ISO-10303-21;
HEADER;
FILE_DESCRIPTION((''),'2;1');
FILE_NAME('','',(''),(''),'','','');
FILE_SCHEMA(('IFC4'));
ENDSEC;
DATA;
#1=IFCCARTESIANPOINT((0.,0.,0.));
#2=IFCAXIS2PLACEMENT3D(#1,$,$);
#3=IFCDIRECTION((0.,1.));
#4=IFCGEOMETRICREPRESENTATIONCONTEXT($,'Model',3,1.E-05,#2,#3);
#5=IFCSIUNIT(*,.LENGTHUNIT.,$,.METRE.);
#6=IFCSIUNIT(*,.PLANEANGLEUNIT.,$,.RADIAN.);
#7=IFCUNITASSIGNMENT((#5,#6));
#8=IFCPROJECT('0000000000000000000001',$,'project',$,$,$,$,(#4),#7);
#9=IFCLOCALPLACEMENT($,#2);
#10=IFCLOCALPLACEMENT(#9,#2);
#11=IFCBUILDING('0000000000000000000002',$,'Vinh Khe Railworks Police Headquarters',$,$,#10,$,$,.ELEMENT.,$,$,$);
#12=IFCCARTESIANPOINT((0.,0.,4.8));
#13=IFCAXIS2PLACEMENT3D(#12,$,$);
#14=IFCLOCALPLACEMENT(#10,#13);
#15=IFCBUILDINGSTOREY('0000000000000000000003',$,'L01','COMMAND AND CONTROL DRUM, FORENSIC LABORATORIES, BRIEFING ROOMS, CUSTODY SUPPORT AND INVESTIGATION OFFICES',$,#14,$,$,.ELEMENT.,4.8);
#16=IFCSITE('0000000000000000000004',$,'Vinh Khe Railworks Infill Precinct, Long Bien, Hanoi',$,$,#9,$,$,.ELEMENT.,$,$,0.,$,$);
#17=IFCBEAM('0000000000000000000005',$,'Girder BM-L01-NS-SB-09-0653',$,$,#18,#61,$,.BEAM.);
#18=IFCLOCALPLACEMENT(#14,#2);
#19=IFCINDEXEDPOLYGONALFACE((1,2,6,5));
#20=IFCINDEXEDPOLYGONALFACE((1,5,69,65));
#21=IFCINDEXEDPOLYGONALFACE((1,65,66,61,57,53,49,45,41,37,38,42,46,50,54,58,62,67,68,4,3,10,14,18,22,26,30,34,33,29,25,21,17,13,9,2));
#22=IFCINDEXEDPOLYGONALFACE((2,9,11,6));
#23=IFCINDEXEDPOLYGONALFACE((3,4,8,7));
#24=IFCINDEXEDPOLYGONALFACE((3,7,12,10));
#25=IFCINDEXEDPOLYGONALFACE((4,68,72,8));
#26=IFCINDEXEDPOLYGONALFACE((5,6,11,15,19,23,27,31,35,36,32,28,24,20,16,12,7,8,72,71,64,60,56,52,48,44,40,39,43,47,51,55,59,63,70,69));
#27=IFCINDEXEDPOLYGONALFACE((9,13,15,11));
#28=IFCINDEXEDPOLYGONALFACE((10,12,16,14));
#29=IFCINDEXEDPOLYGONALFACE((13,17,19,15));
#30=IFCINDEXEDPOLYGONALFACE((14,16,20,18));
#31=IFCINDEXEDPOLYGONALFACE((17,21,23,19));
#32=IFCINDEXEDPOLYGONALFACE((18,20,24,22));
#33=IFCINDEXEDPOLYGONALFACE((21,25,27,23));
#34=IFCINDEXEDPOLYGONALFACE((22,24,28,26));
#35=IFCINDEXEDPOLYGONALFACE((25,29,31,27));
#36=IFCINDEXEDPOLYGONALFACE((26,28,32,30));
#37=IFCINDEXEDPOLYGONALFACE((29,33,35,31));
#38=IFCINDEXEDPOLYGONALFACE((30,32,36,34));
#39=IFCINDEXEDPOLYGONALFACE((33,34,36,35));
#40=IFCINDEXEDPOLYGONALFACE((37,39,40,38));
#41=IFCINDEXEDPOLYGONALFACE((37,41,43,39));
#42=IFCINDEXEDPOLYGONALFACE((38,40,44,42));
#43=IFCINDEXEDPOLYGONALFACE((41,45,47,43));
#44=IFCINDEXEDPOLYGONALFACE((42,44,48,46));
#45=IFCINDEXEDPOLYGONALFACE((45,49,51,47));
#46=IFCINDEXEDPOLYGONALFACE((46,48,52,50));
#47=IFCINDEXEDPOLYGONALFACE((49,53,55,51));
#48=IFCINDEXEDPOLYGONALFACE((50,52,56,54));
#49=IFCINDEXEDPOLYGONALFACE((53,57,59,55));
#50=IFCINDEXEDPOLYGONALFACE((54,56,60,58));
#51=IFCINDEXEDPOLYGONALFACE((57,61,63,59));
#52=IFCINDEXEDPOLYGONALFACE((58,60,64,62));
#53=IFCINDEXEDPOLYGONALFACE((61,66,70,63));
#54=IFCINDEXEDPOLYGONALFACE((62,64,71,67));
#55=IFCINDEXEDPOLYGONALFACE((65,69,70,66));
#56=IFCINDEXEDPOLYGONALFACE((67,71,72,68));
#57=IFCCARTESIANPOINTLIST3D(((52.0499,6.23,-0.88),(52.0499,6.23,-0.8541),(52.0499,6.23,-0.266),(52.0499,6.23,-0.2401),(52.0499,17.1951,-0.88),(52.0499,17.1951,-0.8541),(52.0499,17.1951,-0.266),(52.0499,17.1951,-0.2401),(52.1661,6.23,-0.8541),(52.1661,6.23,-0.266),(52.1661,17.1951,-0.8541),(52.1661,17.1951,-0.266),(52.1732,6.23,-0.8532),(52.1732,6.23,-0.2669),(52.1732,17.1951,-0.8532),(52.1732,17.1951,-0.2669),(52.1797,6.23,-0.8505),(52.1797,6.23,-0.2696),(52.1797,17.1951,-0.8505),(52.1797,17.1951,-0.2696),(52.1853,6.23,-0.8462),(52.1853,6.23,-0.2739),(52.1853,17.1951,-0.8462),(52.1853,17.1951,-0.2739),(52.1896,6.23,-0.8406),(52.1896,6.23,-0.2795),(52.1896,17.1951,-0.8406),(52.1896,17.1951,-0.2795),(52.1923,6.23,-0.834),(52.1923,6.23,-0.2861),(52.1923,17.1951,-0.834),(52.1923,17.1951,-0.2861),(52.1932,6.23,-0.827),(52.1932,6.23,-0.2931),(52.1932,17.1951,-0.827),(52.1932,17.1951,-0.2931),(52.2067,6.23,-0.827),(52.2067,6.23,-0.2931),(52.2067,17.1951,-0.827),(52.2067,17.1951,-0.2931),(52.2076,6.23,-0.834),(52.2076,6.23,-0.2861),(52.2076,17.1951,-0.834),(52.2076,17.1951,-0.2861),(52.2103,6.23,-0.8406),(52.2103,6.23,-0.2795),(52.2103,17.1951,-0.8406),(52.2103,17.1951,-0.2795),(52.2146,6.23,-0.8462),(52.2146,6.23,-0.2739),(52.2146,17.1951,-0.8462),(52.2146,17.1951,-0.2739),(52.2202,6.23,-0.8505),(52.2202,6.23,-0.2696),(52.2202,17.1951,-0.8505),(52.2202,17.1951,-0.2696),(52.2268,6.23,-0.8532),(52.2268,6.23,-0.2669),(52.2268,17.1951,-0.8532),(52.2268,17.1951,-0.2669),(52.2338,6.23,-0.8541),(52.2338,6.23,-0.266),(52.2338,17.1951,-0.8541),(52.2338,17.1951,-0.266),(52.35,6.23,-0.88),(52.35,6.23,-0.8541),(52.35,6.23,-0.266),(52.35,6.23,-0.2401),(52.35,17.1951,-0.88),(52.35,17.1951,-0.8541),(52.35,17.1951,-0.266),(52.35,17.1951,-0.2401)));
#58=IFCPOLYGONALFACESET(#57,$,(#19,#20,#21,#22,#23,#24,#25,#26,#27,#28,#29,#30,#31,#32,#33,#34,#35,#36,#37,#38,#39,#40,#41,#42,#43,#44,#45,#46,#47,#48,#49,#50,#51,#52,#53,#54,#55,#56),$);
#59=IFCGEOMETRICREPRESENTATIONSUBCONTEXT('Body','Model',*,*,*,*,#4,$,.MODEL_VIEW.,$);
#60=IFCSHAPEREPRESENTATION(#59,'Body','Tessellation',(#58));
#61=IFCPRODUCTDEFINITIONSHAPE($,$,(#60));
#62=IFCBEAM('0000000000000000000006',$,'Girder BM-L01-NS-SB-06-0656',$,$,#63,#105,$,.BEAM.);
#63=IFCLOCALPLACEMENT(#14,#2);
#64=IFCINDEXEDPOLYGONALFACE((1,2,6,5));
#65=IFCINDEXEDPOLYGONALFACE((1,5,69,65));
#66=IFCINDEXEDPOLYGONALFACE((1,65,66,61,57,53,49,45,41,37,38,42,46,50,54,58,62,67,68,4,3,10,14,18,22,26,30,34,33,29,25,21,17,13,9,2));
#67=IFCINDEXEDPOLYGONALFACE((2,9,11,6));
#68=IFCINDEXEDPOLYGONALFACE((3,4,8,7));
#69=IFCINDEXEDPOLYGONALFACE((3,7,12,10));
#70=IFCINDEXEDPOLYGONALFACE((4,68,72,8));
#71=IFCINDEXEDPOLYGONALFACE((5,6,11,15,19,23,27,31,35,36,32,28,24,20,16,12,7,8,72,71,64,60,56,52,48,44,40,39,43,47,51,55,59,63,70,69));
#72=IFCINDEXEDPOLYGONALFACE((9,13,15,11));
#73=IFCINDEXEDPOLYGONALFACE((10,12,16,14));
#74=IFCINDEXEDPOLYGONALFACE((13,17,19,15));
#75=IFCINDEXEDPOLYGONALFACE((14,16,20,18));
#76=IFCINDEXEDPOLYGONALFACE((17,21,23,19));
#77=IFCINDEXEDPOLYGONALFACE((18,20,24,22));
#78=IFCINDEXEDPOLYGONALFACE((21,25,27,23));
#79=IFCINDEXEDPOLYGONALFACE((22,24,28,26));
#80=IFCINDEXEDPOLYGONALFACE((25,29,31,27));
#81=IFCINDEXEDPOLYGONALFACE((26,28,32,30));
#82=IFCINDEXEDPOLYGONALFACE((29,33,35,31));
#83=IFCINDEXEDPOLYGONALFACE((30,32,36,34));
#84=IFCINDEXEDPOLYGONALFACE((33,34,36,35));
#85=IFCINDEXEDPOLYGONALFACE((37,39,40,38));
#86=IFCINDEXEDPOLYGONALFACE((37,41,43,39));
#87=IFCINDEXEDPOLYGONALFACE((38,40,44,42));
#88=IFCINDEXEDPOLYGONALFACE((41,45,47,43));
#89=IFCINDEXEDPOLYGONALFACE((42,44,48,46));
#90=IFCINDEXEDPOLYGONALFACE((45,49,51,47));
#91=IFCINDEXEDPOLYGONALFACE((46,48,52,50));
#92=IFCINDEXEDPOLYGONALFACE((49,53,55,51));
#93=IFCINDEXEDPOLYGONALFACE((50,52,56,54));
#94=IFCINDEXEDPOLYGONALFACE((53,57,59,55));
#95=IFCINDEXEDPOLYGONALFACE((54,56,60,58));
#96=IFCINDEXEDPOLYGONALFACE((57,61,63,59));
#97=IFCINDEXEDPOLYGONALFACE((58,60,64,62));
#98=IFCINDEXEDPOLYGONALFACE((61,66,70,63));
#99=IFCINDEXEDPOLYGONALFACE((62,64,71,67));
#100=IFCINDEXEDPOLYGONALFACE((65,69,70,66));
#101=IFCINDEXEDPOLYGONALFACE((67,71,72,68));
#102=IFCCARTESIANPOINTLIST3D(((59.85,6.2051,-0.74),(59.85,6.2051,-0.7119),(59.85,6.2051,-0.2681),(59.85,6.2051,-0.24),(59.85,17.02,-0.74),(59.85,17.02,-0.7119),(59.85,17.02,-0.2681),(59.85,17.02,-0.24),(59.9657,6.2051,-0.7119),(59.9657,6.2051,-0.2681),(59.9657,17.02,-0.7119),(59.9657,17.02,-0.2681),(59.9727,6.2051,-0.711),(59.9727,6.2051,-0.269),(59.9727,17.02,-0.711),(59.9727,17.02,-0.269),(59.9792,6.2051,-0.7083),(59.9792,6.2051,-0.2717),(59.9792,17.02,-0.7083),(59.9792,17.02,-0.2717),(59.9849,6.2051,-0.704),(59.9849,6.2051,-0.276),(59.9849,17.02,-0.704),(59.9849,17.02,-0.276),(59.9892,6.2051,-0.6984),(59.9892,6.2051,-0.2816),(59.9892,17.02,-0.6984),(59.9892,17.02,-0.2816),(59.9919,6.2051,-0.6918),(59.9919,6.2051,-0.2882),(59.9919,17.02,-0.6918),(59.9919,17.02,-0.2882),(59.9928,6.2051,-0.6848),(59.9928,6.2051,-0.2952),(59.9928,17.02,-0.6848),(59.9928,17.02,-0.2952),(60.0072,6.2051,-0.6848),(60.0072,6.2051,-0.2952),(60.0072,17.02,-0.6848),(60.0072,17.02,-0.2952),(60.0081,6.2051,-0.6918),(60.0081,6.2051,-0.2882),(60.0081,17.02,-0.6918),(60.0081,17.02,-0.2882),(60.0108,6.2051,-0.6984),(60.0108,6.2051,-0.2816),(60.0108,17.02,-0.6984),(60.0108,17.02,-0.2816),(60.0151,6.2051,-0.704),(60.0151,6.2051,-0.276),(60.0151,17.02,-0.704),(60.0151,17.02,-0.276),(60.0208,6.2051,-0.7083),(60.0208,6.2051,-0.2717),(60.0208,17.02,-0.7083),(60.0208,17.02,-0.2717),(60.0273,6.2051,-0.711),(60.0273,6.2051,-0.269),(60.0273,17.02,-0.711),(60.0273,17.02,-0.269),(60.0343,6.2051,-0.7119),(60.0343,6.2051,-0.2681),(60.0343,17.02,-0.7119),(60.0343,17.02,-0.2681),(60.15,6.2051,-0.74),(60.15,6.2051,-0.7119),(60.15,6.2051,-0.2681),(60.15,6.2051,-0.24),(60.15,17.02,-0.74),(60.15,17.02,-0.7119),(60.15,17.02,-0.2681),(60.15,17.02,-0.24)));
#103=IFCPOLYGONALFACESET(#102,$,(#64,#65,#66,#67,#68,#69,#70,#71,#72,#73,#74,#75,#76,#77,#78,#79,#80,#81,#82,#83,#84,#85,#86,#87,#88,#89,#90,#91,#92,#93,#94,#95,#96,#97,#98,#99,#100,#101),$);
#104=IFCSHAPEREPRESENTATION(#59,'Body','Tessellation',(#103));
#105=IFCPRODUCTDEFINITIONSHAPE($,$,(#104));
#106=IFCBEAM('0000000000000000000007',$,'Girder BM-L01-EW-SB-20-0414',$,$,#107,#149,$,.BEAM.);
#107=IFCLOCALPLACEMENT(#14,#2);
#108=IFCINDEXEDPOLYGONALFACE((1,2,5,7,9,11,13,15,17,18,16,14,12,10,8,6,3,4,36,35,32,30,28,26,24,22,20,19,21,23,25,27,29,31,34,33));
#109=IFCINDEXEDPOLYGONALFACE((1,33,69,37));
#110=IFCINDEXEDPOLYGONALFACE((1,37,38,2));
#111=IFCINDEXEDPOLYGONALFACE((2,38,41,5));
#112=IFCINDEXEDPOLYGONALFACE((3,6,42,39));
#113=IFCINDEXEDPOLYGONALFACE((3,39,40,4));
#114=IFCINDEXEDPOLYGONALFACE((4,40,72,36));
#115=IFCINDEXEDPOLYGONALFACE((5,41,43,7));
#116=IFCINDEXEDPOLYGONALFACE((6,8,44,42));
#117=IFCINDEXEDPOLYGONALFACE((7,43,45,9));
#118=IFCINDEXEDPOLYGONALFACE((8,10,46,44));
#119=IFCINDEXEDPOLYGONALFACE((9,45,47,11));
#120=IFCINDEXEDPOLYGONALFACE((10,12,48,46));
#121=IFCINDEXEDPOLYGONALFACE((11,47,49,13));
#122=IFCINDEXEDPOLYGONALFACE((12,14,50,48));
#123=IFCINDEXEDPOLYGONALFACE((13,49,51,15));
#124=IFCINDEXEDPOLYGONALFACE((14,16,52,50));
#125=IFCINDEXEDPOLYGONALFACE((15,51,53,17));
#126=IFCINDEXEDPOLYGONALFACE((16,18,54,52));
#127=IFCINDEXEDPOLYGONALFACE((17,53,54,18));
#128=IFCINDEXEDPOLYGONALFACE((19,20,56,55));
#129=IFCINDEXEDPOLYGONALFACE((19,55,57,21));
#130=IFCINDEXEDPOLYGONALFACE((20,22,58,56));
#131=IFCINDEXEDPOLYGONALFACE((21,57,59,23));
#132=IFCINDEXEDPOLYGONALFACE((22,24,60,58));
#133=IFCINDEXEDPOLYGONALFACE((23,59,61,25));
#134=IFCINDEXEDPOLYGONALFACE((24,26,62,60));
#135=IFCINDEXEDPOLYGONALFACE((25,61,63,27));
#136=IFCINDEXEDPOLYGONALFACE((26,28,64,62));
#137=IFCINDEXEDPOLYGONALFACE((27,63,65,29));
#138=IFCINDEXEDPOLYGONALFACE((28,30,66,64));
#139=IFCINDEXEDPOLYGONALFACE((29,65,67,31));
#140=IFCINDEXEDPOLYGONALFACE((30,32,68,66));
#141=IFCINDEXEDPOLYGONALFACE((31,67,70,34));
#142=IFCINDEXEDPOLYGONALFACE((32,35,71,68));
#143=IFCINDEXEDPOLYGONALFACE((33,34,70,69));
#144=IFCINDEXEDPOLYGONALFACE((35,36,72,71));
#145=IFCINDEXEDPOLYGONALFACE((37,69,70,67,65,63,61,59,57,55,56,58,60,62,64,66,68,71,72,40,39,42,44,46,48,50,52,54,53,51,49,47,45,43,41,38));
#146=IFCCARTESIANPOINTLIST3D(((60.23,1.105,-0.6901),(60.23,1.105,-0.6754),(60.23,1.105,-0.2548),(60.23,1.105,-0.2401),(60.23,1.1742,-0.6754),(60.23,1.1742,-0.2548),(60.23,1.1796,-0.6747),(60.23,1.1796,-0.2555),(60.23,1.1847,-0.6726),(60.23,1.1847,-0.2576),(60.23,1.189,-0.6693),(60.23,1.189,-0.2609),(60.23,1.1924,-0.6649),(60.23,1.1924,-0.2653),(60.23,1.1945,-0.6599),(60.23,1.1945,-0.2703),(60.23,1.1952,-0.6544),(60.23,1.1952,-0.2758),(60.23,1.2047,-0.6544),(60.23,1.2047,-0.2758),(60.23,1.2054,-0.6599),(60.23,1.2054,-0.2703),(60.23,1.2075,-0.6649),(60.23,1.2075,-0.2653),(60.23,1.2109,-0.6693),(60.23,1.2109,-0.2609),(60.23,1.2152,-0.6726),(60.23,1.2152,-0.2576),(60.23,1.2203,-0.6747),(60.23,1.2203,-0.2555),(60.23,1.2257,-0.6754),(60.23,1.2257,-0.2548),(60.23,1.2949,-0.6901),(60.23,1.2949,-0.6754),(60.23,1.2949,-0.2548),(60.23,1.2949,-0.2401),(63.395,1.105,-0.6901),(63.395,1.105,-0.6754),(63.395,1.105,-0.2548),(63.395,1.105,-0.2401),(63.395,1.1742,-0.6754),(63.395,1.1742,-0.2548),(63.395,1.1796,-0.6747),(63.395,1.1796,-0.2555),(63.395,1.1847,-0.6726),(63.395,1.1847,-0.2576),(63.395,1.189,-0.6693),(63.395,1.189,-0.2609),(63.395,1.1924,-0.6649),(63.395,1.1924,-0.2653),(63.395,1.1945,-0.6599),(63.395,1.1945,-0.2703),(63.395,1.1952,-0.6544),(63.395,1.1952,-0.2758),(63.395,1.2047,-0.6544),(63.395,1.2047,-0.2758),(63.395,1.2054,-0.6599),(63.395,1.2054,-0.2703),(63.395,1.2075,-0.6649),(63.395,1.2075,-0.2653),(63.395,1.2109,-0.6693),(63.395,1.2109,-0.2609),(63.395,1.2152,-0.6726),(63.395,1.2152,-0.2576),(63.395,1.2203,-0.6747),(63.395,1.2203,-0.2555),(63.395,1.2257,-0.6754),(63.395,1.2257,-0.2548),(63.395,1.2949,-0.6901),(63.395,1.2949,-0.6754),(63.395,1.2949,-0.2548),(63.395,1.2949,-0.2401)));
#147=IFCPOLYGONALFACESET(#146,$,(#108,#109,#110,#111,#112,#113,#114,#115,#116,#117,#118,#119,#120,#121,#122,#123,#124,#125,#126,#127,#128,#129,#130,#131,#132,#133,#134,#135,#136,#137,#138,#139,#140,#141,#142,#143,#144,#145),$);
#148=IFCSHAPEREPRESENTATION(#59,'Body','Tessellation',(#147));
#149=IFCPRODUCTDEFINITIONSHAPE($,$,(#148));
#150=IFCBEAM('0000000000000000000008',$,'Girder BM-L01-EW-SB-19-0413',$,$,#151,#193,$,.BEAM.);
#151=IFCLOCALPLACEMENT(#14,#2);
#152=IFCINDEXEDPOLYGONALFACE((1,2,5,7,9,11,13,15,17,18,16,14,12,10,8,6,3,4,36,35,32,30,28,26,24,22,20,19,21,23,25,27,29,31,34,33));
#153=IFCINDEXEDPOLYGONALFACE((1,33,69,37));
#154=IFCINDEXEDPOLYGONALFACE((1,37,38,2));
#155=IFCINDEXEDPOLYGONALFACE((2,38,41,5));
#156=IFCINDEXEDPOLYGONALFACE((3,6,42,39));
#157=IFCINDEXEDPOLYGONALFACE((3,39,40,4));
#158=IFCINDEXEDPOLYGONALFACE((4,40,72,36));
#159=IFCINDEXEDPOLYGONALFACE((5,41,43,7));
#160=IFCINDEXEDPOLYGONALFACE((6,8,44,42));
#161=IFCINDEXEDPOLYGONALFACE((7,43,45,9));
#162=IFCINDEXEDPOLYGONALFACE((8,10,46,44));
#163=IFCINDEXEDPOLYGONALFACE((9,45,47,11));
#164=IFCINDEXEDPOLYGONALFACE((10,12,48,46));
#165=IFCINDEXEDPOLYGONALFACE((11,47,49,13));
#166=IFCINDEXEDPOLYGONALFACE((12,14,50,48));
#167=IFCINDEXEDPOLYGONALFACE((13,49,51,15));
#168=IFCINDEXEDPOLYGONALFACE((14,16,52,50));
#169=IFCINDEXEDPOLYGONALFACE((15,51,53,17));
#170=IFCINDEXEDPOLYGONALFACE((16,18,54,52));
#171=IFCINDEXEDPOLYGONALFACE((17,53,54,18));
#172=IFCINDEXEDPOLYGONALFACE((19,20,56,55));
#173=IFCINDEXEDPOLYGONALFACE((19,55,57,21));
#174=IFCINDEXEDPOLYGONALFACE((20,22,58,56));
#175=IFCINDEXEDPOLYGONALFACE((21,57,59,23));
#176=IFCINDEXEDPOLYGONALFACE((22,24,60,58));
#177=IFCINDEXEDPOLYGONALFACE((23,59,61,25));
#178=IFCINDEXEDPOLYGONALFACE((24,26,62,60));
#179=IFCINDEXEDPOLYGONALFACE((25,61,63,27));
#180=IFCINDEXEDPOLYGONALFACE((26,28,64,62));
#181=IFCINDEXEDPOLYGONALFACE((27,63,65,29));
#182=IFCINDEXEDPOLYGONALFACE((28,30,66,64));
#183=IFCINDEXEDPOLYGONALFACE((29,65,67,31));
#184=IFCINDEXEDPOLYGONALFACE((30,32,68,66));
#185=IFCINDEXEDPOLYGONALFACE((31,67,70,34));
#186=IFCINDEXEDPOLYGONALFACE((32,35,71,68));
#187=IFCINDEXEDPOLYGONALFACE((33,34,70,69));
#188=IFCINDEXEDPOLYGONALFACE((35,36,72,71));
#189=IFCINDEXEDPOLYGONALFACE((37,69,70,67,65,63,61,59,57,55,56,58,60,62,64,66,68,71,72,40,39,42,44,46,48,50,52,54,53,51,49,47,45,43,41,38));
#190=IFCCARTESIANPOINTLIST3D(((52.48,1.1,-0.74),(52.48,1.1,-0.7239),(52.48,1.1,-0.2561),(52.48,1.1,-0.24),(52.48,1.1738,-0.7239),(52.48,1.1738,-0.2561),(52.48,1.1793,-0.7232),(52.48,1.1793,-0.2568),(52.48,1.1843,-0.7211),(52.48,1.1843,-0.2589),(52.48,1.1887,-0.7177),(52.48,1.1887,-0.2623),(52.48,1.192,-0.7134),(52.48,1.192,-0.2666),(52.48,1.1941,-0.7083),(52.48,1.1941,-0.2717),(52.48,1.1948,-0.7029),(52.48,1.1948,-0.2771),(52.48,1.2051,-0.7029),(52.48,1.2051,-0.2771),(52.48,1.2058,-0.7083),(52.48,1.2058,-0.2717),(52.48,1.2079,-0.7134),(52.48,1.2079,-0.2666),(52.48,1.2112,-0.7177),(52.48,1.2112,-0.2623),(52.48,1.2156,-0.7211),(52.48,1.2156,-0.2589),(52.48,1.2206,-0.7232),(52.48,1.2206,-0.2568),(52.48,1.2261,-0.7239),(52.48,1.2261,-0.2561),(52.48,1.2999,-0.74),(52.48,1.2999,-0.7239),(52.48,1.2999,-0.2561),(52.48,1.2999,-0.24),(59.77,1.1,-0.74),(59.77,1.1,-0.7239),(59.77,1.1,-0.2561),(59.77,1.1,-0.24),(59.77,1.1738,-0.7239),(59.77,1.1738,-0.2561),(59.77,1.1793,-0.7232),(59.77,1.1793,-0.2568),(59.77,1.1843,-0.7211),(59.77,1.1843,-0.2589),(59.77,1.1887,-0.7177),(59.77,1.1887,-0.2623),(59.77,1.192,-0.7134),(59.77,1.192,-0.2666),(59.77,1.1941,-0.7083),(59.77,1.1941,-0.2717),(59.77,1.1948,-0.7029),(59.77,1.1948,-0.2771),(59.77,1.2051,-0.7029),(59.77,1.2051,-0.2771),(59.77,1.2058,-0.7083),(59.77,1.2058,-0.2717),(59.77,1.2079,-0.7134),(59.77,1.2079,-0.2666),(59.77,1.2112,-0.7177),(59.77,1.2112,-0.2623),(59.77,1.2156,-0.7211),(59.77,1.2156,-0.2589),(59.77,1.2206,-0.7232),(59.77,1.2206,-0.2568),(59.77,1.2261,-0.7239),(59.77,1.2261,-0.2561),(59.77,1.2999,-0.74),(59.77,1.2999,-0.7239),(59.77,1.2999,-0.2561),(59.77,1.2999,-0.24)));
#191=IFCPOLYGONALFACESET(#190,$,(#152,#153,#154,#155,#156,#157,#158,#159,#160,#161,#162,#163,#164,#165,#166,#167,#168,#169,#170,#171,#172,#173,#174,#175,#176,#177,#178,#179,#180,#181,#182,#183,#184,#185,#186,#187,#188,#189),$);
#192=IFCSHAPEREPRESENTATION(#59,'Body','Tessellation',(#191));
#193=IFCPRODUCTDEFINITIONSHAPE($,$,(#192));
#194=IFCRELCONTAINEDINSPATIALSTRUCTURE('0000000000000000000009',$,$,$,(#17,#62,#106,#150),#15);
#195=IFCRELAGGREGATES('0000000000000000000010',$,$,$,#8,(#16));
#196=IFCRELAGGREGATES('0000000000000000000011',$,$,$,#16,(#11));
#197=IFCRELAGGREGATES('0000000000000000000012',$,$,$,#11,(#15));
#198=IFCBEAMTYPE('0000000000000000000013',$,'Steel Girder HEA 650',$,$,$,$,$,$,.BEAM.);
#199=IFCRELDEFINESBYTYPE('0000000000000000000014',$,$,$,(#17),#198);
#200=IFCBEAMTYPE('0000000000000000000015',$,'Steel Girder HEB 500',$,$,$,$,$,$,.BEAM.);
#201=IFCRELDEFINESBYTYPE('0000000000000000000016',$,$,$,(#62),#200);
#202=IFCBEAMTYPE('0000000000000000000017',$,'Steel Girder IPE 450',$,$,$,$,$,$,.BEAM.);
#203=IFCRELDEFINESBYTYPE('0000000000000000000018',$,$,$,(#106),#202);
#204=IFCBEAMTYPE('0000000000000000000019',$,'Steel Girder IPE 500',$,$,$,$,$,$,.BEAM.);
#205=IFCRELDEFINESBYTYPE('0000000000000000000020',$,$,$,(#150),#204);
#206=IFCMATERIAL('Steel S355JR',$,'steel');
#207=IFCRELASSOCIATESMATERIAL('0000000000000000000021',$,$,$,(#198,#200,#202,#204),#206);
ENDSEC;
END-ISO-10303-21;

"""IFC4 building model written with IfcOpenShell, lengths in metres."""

from ifc_helpers import new_model, si_unit, direction, frame, origin, origin_2d, place, context, subcontext, project, spatial, i_section, extrude, material, material_profile, profile_set, type_object, element, save


model = new_model("IFC4")

# Units and contexts
model_context = context("Model", 3, precision=1e-05, world=origin(), true_north=direction((0.0, 1.0)))
body_context = subcontext(model_context, "Body", "Model", "MODEL_VIEW")
ifc_project = project(units=[si_unit("LENGTHUNIT", "METRE"), si_unit("PLANEANGLEUNIT", "RADIAN")], contexts=[model_context])

# Site, building, storey
site_placement = place(None, origin())
site = spatial("IfcSite", under=ifc_project, at=site_placement, Name="Vinh Khe Railworks Infill Precinct, Long Bien, Hanoi", CompositionType="ELEMENT", RefElevation=0.0)
building_placement = place(site_placement, origin())
building = spatial("IfcBuilding", under=site, at=building_placement, Name="Vinh Khe Railworks Police Headquarters", CompositionType="ELEMENT")
storey_placement = place(building_placement, frame((0.0, 0.0, 4.8)))
storey = spatial("IfcBuildingStorey", under=building, at=storey_placement, Name="L01", Description="COMMAND AND CONTROL DRUM, FORENSIC LABORATORIES, BRIEFING ROOMS, CUSTODY SUPPORT AND INVESTIGATION OFFICES", CompositionType="ELEMENT", Elevation=4.8)

# Shared definitions
ifc_material_1 = material(Name="Steel S355JR", Category="steel")

# Beams
ifc_material_profile_1 = material_profile(ifc_material_1, i_section(OverallWidth=0.3, OverallDepth=0.6399, WebThickness=0.0134, FlangeThickness=0.0259, FilletRadius=0.0271, at=origin_2d()), Name="HEA 650")
ifc_profile_set_1 = profile_set([ifc_material_profile_1], Name="Steel S355JR")
beam_type_1 = type_object("IfcBeamType", Name="Steel Girder HEA 650", PredefinedType="BEAM", material=ifc_profile_set_1)
beam_1_placement = place(storey_placement, frame((52.2, 6.23, -0.5601), z_axis=(0.0, 1.0, 0.0), x_axis=(-1.0, 0.0, 0.0)))
element("IfcBeam", 1, at=beam_1_placement, inside=storey, type_object=beam_type_1, Name="Girder BM-L01-NS-SB-09-0653", PredefinedType="BEAM", context=body_context, shape_type="SweptSolid", body=[
    extrude(i_section(OverallWidth=0.3, OverallDepth=0.6399, WebThickness=0.0134, FlangeThickness=0.0259, FilletRadius=0.0271, at=origin_2d()), origin(), (0.0, 0.0, 1.0), 10.9651),
])
ifc_material_profile_2 = material_profile(ifc_material_1, i_section(OverallWidth=0.3, OverallDepth=0.5, WebThickness=0.0144, FlangeThickness=0.0281, FilletRadius=0.0271, at=origin_2d()), Name="HEB 500")
ifc_profile_set_2 = profile_set([ifc_material_profile_2], Name="Steel S355JR")
beam_type_2 = type_object("IfcBeamType", Name="Steel Girder HEB 500", PredefinedType="BEAM", material=ifc_profile_set_2)
beam_2_placement = place(storey_placement, frame((60.0, 6.2051, -0.49), z_axis=(0.0, 1.0, 0.0), x_axis=(-1.0, 0.0, 0.0)))
element("IfcBeam", 2, at=beam_2_placement, inside=storey, type_object=beam_type_2, Name="Girder BM-L01-NS-SB-06-0656", PredefinedType="BEAM", context=body_context, shape_type="SweptSolid", body=[
    extrude(i_section(OverallWidth=0.3, OverallDepth=0.5, WebThickness=0.0144, FlangeThickness=0.0281, FilletRadius=0.0271, at=origin_2d()), origin(), (0.0, 0.0, 1.0), 10.8149),
])
ifc_material_profile_3 = material_profile(ifc_material_1, i_section(OverallWidth=0.1899, OverallDepth=0.45, WebThickness=0.0095, FlangeThickness=0.0146, FilletRadius=0.021, at=origin_2d()), Name="IPE 450")
ifc_profile_set_3 = profile_set([ifc_material_profile_3], Name="Steel S355JR")
beam_type_3 = type_object("IfcBeamType", Name="Steel Girder IPE 450", PredefinedType="BEAM", material=ifc_profile_set_3)
beam_3_placement = place(storey_placement, frame((60.23, 1.2, -0.4651), z_axis=(1.0, 0.0, 0.0), x_axis=(0.0, 1.0, 0.0)))
element("IfcBeam", 3, at=beam_3_placement, inside=storey, type_object=beam_type_3, Name="Girder BM-L01-EW-SB-20-0414", PredefinedType="BEAM", context=body_context, shape_type="SweptSolid", body=[
    extrude(i_section(OverallWidth=0.1899, OverallDepth=0.45, WebThickness=0.0095, FlangeThickness=0.0146, FilletRadius=0.021, at=origin_2d()), origin(), (0.0, 0.0, 1.0), 3.165),
])
ifc_material_profile_4 = material_profile(ifc_material_1, i_section(OverallWidth=0.2, OverallDepth=0.5, WebThickness=0.0103, FlangeThickness=0.0161, FilletRadius=0.021, at=origin_2d()), Name="IPE 500")
ifc_profile_set_4 = profile_set([ifc_material_profile_4], Name="Steel S355JR")
beam_type_4 = type_object("IfcBeamType", Name="Steel Girder IPE 500", PredefinedType="BEAM", material=ifc_profile_set_4)
beam_4_placement = place(storey_placement, frame((52.48, 1.2, -0.49), z_axis=(1.0, 0.0, 0.0), x_axis=(0.0, 1.0, 0.0)))
element("IfcBeam", 4, at=beam_4_placement, inside=storey, type_object=beam_type_4, Name="Girder BM-L01-EW-SB-19-0413", PredefinedType="BEAM", context=body_context, shape_type="SweptSolid", body=[
    extrude(i_section(OverallWidth=0.2, OverallDepth=0.5, WebThickness=0.0103, FlangeThickness=0.0161, FilletRadius=0.021, at=origin_2d()), origin(), (0.0, 0.0, 1.0), 7.29),
])

save(model, "model.ifc")
